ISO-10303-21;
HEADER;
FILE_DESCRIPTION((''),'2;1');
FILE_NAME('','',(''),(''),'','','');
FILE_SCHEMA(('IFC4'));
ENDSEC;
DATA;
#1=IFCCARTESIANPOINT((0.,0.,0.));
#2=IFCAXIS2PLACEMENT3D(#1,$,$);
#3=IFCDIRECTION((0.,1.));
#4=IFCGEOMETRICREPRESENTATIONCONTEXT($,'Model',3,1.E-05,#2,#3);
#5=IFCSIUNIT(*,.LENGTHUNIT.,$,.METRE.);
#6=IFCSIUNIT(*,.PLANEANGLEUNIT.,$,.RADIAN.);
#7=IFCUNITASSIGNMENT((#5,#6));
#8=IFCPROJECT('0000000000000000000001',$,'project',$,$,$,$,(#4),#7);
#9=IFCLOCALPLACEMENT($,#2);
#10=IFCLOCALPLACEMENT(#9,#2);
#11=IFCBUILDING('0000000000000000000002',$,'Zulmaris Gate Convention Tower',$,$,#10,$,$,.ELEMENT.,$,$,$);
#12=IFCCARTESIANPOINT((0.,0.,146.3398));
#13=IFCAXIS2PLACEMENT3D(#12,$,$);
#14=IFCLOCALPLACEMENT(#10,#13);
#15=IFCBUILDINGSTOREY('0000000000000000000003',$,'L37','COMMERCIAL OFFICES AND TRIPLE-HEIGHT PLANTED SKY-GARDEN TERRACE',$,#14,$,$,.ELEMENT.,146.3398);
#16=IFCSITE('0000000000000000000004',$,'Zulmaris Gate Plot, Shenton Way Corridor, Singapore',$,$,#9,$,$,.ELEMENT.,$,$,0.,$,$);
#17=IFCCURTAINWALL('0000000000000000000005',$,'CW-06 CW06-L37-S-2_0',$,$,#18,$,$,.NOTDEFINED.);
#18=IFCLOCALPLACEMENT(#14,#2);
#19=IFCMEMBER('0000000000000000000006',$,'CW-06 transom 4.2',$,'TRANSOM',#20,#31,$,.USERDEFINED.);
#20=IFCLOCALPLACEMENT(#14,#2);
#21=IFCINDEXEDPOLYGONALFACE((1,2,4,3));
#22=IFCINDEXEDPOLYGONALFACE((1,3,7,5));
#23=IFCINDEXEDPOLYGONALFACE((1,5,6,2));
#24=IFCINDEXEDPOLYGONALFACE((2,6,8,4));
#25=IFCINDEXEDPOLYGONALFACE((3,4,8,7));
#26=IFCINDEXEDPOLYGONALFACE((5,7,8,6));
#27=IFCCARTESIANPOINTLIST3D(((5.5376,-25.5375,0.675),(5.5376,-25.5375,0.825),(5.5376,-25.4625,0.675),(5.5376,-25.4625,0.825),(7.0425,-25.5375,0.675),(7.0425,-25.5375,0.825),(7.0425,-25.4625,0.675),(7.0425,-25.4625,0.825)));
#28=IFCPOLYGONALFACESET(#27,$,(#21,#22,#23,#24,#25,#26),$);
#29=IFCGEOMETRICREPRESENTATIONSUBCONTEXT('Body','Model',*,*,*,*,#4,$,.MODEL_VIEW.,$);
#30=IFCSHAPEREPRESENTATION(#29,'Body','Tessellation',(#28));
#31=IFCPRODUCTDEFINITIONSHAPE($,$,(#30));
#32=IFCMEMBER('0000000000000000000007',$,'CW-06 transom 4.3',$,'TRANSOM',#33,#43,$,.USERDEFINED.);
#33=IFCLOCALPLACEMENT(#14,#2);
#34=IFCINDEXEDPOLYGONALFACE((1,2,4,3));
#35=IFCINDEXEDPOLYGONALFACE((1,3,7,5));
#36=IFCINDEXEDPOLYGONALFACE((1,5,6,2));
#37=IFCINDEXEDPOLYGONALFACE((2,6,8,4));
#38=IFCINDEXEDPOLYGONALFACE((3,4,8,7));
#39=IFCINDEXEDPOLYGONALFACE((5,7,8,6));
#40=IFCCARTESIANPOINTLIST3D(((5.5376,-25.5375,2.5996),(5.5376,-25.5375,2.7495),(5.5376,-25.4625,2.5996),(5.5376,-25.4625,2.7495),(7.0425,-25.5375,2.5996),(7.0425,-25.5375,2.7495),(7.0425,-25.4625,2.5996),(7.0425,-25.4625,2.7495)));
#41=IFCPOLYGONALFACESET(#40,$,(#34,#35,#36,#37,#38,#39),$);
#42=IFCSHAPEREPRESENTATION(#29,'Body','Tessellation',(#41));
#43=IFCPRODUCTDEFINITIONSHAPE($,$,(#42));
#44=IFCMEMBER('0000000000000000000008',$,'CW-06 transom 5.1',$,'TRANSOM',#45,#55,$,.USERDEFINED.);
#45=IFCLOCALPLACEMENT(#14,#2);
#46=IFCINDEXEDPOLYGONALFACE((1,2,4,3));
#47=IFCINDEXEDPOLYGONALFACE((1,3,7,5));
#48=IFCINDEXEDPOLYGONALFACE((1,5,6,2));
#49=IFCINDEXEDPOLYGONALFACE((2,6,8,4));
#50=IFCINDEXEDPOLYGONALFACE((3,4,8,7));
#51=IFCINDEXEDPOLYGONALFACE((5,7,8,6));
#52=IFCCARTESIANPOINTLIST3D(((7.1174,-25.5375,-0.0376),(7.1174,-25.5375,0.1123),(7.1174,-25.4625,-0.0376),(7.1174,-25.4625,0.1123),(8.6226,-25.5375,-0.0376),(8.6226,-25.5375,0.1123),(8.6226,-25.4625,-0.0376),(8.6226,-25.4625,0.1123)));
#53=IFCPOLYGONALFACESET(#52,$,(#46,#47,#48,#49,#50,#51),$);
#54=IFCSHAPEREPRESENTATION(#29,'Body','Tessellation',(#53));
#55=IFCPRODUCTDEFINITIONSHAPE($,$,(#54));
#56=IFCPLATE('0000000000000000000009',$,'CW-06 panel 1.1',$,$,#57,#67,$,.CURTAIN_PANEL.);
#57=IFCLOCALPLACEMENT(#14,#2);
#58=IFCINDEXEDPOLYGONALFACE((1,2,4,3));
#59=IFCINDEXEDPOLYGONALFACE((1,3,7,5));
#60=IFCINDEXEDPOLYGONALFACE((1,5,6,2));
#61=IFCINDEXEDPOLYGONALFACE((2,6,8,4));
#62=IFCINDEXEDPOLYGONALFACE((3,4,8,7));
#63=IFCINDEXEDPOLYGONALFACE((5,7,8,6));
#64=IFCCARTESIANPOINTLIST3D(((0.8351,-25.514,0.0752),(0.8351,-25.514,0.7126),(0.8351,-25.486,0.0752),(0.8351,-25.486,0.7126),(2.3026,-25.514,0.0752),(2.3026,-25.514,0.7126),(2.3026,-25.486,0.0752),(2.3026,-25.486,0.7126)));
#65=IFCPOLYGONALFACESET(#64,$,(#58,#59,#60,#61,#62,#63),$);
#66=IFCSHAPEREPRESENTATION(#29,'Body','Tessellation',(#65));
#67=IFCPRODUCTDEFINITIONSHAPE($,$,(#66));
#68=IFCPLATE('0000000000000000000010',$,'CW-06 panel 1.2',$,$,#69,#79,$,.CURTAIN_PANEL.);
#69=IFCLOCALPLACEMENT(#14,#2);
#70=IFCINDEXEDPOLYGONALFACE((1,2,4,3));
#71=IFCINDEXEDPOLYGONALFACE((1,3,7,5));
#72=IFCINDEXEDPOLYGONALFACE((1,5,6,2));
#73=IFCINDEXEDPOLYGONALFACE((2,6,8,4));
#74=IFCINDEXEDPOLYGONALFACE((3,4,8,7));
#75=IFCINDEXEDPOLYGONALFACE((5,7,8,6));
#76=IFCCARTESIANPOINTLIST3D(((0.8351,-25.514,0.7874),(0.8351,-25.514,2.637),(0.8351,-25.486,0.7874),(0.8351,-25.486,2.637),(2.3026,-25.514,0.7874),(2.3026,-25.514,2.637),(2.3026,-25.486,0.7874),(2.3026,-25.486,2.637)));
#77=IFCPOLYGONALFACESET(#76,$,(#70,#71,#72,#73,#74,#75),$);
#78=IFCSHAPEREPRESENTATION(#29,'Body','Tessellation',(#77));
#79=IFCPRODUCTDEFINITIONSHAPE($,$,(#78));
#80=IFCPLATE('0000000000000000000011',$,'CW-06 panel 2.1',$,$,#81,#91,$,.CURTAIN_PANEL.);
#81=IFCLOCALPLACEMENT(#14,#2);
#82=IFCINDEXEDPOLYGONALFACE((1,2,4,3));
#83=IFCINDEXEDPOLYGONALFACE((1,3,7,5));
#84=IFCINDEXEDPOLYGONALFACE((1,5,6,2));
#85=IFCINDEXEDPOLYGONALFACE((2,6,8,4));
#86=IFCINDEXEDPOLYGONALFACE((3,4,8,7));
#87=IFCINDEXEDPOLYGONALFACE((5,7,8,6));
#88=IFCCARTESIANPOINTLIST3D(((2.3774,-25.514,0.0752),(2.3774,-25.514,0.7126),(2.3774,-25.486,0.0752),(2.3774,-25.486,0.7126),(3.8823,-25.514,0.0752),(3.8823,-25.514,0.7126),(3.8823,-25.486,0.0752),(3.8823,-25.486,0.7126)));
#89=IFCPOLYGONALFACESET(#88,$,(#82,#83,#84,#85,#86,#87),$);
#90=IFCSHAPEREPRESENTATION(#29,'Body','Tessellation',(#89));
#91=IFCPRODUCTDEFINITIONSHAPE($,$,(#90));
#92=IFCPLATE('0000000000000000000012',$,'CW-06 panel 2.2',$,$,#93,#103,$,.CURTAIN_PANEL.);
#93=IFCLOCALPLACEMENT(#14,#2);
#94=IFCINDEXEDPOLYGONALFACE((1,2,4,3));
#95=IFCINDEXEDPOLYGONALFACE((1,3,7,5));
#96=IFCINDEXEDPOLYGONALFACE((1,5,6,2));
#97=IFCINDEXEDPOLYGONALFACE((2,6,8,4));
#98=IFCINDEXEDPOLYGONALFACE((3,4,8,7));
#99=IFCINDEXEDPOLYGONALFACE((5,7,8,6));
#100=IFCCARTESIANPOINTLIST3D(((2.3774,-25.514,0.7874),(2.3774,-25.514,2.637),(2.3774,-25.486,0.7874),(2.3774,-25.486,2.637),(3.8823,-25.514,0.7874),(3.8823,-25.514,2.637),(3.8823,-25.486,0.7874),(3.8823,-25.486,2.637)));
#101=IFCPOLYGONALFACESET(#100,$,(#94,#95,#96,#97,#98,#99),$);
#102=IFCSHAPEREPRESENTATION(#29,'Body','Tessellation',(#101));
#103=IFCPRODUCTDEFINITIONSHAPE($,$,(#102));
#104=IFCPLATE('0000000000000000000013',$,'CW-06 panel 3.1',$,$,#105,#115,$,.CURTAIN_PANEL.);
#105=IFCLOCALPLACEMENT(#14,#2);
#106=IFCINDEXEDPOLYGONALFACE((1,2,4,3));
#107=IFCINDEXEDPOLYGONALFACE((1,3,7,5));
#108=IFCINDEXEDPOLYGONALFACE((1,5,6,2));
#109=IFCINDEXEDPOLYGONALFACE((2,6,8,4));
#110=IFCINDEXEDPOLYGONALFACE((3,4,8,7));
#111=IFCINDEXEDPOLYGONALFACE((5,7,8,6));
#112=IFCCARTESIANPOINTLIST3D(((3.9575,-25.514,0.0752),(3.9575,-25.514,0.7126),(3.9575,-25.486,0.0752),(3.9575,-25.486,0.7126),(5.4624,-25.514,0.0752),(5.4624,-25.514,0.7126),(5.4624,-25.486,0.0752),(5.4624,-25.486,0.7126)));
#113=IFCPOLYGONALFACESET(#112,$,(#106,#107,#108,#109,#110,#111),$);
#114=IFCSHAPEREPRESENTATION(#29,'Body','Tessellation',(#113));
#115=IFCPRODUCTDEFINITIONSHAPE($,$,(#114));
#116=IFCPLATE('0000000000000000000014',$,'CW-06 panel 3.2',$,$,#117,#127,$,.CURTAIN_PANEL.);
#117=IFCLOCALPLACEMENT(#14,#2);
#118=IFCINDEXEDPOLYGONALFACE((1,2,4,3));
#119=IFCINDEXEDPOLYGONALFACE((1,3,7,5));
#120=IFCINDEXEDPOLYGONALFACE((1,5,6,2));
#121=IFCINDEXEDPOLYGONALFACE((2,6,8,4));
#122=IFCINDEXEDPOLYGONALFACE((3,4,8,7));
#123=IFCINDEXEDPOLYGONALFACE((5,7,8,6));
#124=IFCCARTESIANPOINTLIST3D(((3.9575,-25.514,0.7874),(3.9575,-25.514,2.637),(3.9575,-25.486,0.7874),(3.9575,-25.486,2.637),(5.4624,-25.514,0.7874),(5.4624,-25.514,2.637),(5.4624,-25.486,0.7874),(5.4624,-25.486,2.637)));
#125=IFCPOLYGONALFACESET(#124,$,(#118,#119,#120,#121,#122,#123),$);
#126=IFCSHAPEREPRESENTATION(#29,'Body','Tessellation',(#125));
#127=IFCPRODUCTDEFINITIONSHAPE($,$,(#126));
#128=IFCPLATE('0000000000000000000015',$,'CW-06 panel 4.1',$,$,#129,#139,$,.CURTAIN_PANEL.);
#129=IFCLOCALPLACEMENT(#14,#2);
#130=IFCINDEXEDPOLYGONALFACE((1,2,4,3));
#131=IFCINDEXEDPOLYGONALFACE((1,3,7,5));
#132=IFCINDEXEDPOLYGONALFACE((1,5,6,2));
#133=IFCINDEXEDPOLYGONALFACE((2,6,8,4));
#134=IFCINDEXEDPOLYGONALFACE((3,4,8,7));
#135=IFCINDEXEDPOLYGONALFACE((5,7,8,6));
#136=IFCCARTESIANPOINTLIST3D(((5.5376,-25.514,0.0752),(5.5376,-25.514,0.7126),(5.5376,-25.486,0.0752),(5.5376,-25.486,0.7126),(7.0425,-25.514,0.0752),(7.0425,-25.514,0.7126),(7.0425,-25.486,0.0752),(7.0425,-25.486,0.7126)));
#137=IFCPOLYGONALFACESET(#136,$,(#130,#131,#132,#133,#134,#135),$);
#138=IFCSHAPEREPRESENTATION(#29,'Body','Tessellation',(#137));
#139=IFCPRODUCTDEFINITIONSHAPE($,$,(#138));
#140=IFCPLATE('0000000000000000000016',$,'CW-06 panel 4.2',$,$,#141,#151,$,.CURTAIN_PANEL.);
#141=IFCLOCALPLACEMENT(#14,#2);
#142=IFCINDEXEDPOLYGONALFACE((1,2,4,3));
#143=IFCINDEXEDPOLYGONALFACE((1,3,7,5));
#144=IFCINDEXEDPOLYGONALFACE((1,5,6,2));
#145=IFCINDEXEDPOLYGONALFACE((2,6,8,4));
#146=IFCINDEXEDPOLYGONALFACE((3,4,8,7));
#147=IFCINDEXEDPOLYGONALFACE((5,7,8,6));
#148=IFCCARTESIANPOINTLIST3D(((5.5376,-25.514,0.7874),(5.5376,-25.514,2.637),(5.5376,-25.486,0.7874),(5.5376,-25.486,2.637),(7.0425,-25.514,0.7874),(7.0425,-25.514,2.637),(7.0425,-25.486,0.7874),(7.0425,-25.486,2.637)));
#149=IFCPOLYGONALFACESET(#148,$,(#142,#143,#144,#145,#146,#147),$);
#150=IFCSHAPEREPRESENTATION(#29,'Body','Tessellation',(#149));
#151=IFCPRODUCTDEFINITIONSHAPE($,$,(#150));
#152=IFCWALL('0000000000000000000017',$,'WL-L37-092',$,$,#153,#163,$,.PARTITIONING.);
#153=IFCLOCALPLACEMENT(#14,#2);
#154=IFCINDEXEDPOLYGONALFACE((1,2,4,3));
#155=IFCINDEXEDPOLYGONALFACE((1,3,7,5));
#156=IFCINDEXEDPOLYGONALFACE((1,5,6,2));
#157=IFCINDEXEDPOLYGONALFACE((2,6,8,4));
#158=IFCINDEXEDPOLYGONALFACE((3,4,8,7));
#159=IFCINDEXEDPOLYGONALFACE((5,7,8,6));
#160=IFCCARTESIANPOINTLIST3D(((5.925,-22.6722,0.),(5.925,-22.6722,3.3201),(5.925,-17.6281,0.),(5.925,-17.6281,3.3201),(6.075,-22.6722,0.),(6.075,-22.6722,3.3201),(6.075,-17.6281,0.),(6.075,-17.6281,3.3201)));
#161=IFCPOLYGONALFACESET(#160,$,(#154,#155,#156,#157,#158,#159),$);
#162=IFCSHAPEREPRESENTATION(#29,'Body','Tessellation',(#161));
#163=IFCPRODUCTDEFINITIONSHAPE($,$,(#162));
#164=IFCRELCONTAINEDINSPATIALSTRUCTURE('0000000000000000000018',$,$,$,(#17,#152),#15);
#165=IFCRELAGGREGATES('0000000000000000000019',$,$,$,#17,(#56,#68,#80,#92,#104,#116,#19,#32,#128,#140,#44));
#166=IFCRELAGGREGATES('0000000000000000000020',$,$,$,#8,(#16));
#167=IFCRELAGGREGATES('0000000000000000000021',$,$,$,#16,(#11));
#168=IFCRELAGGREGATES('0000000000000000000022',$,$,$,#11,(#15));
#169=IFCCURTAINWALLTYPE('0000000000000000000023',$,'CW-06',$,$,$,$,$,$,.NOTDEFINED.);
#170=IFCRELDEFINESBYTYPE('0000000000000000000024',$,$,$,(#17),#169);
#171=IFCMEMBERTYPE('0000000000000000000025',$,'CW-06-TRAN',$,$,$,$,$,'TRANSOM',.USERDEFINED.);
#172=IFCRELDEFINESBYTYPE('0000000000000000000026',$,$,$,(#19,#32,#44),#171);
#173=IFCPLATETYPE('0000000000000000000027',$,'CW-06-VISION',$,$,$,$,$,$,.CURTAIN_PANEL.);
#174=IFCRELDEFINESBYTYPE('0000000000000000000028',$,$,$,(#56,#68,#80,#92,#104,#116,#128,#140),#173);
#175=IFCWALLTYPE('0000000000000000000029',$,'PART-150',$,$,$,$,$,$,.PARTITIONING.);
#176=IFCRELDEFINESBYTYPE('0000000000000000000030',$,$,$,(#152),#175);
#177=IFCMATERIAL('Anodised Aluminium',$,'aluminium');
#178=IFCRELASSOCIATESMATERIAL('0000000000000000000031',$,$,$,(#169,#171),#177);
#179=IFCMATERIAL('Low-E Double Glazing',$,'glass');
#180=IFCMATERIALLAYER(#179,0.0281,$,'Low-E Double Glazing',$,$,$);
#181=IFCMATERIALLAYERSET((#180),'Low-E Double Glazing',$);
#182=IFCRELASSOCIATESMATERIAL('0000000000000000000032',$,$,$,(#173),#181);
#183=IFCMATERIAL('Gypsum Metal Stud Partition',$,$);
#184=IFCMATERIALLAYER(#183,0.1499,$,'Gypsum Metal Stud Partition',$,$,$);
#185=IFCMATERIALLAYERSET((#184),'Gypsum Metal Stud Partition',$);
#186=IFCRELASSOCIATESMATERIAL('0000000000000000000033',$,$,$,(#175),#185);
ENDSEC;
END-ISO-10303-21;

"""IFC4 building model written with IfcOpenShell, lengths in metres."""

from ifc_helpers import new_model, si_unit, direction, frame, frame_2d, origin, origin_2d, place, context, subcontext, project, spatial, rectangle, extrude, material, layer, layer_set, material_profile, profile_set, type_object, element, aggregate, save


model = new_model("IFC4")

# Units and contexts
model_context = context("Model", 3, precision=1e-05, world=origin(), true_north=direction((0.0, 1.0)))
body_context = subcontext(model_context, "Body", "Model", "MODEL_VIEW")
ifc_project = project(units=[si_unit("LENGTHUNIT", "METRE"), si_unit("PLANEANGLEUNIT", "RADIAN")], contexts=[model_context])

# Site, building, storey
site_placement = place(None, origin())
site = spatial("IfcSite", under=ifc_project, at=site_placement, Name="Zulmaris Gate Plot, Shenton Way Corridor, Singapore", CompositionType="ELEMENT", RefElevation=0.0)
building_placement = place(site_placement, origin())
building = spatial("IfcBuilding", under=site, at=building_placement, Name="Zulmaris Gate Convention Tower", CompositionType="ELEMENT")
storey_placement = place(building_placement, frame((0.0, 0.0, 146.3398)))
storey = spatial("IfcBuildingStorey", under=building, at=storey_placement, Name="L37", Description="COMMERCIAL OFFICES AND TRIPLE-HEIGHT PLANTED SKY-GARDEN TERRACE", CompositionType="ELEMENT", Elevation=146.3398)

# Curtain wall, members, plates
ifc_material_1 = material(Name="Anodised Aluminium", Category="aluminium")
curtain_wall_type = type_object("IfcCurtainWallType", Name="CW-06", PredefinedType="NOTDEFINED", material=ifc_material_1)
curtain_wall_placement = place(storey_placement, origin())
curtain_wall = element("IfcCurtainWall", 1, at=curtain_wall_placement, inside=storey, type_object=curtain_wall_type, Name="CW-06 CW06-L37-S-2_0", PredefinedType="NOTDEFINED")
ifc_material_profile_1 = material_profile(ifc_material_1, rectangle(XDim=0.075, YDim=0.1499, at=origin_2d()), Name="ALU TRANSOM 75x150")
ifc_profile_set_1 = profile_set([ifc_material_profile_1], Name="Anodised Aluminium")
member_type_1 = type_object("IfcMemberType", Name="CW-06-TRAN", ElementType="TRANSOM", PredefinedType="USERDEFINED", material=ifc_profile_set_1)
member_1_placement = place(storey_placement, frame((5.5376, -25.5, 0.75), z_axis=(1.0, 0.0, 0.0), x_axis=(0.0, 1.0, 0.0)))
member_1 = element("IfcMember", 2, at=member_1_placement, type_object=member_type_1, Name="CW-06 transom 4.2", ObjectType="TRANSOM", PredefinedType="USERDEFINED", context=body_context, shape_type="SweptSolid", body=[
    extrude(rectangle(XDim=0.075, YDim=0.1499, at=origin_2d()), origin(), (0.0, 0.0, 1.0), 1.5049),
])
member_2_placement = place(storey_placement, frame((5.5376, -25.5, 2.6746), z_axis=(1.0, 0.0, 0.0), x_axis=(0.0, 1.0, 0.0)))
member_2 = element("IfcMember", 3, at=member_2_placement, type_object=member_type_1, Name="CW-06 transom 4.3", ObjectType="TRANSOM", PredefinedType="USERDEFINED", context=body_context, shape_type="SweptSolid", body=[
    extrude(rectangle(XDim=0.075, YDim=0.1499, at=origin_2d()), origin(), (0.0, 0.0, 1.0), 1.5049),
])
member_3_placement = place(storey_placement, frame((7.1174, -25.5, 0.0374), z_axis=(1.0, 0.0, 0.0), x_axis=(0.0, 1.0, 0.0)))
member_3 = element("IfcMember", 4, at=member_3_placement, type_object=member_type_1, Name="CW-06 transom 5.1", ObjectType="TRANSOM", PredefinedType="USERDEFINED", context=body_context, shape_type="SweptSolid", body=[
    extrude(rectangle(XDim=0.075, YDim=0.1499, at=origin_2d()), origin(), (0.0, 0.0, 1.0), 1.5051),
])
ifc_material_2 = material(Name="Low-E Double Glazing", Category="glass")
ifc_layer_1 = layer(ifc_material_2, 0.0281, Name="Low-E Double Glazing")
ifc_layer_set_1 = layer_set([ifc_layer_1], Name="Low-E Double Glazing")
plate_type = type_object("IfcPlateType", Name="CW-06-VISION", PredefinedType="CURTAIN_PANEL", material=ifc_layer_set_1)
plate_1_placement = place(storey_placement, frame((1.5688, -25.5, 0.0752), z_axis=(0.0, 0.0, 1.0), x_axis=(1.0, 0.0, 0.0)))
plate_1 = element("IfcPlate", 5, at=plate_1_placement, type_object=plate_type, Name="CW-06 panel 1.1", PredefinedType="CURTAIN_PANEL", context=body_context, shape_type="SweptSolid", body=[
    extrude(rectangle(XDim=1.4675, YDim=0.0281, at=origin_2d()), origin(), (0.0, 0.0, 1.0), 0.6375),
])
plate_2_placement = place(storey_placement, frame((1.5688, -25.5, 0.7874), z_axis=(0.0, 0.0, 1.0), x_axis=(1.0, 0.0, 0.0)))
plate_2 = element("IfcPlate", 6, at=plate_2_placement, type_object=plate_type, Name="CW-06 panel 1.2", PredefinedType="CURTAIN_PANEL", context=body_context, shape_type="SweptSolid", body=[
    extrude(rectangle(XDim=1.4675, YDim=0.0281, at=origin_2d()), origin(), (0.0, 0.0, 1.0), 1.8496),
])
plate_3_placement = place(storey_placement, frame((3.1299, -25.5, 0.0752), z_axis=(0.0, 0.0, 1.0), x_axis=(1.0, 0.0, 0.0)))
plate_3 = element("IfcPlate", 7, at=plate_3_placement, type_object=plate_type, Name="CW-06 panel 2.1", PredefinedType="CURTAIN_PANEL", context=body_context, shape_type="SweptSolid", body=[
    extrude(rectangle(XDim=1.5049, YDim=0.0281, at=origin_2d()), origin(), (0.0, 0.0, 1.0), 0.6375),
])
plate_4_placement = place(storey_placement, frame((3.1299, -25.5, 0.7874), z_axis=(0.0, 0.0, 1.0), x_axis=(1.0, 0.0, 0.0)))
plate_4 = element("IfcPlate", 8, at=plate_4_placement, type_object=plate_type, Name="CW-06 panel 2.2", PredefinedType="CURTAIN_PANEL", context=body_context, shape_type="SweptSolid", body=[
    extrude(rectangle(XDim=1.5049, YDim=0.0281, at=origin_2d()), origin(), (0.0, 0.0, 1.0), 1.8496),
])
plate_5_placement = place(storey_placement, frame((4.71, -25.5, 0.0752), z_axis=(0.0, 0.0, 1.0), x_axis=(1.0, 0.0, 0.0)))
plate_5 = element("IfcPlate", 9, at=plate_5_placement, type_object=plate_type, Name="CW-06 panel 3.1", PredefinedType="CURTAIN_PANEL", context=body_context, shape_type="SweptSolid", body=[
    extrude(rectangle(XDim=1.5049, YDim=0.0281, at=origin_2d()), origin(), (0.0, 0.0, 1.0), 0.6375),
])
plate_6_placement = place(storey_placement, frame((4.71, -25.5, 0.7874), z_axis=(0.0, 0.0, 1.0), x_axis=(1.0, 0.0, 0.0)))
plate_6 = element("IfcPlate", 10, at=plate_6_placement, type_object=plate_type, Name="CW-06 panel 3.2", PredefinedType="CURTAIN_PANEL", context=body_context, shape_type="SweptSolid", body=[
    extrude(rectangle(XDim=1.5049, YDim=0.0281, at=origin_2d()), origin(), (0.0, 0.0, 1.0), 1.8496),
])
plate_7_placement = place(storey_placement, frame((6.29, -25.5, 0.0752), z_axis=(0.0, 0.0, 1.0), x_axis=(1.0, 0.0, 0.0)))
plate_7 = element("IfcPlate", 11, at=plate_7_placement, type_object=plate_type, Name="CW-06 panel 4.1", PredefinedType="CURTAIN_PANEL", context=body_context, shape_type="SweptSolid", body=[
    extrude(rectangle(XDim=1.5049, YDim=0.0281, at=origin_2d()), origin(), (0.0, 0.0, 1.0), 0.6375),
])
plate_8_placement = place(storey_placement, frame((6.29, -25.5, 0.7874), z_axis=(0.0, 0.0, 1.0), x_axis=(1.0, 0.0, 0.0)))
plate_8 = element("IfcPlate", 12, at=plate_8_placement, type_object=plate_type, Name="CW-06 panel 4.2", PredefinedType="CURTAIN_PANEL", context=body_context, shape_type="SweptSolid", body=[
    extrude(rectangle(XDim=1.5049, YDim=0.0281, at=origin_2d()), origin(), (0.0, 0.0, 1.0), 1.8496),
])
aggregate(curtain_wall, [plate_1, plate_2, plate_3, plate_4, plate_5, plate_6, member_1, member_2, plate_7, plate_8, member_3])

# Shared definitions
ifc_material_3 = material(Name="Gypsum Metal Stud Partition")
ifc_layer_2 = layer(ifc_material_3, 0.1499, Name="Gypsum Metal Stud Partition")
ifc_layer_set_2 = layer_set([ifc_layer_2], Name="Gypsum Metal Stud Partition")
wall_type = type_object("IfcWallType", Name="PART-150", PredefinedType="PARTITIONING", material=ifc_layer_set_2)

# Wall
wall_1_placement = place(storey_placement, frame((6.0, -22.6721, 0.0), z_axis=(0.0, 0.0, 1.0), x_axis=(0.0, 1.0, 0.0)))
element("IfcWall", 13, at=wall_1_placement, inside=storey, type_object=wall_type, Name="WL-L37-092", PredefinedType="PARTITIONING", context=body_context, shape_type="SweptSolid", body=[
    extrude(rectangle(XDim=5.0442, YDim=0.1499, at=frame_2d((2.522, 0.0))), origin(), (0.0, 0.0, 1.0), 3.3201),
])

save(model, "model.ifc")
